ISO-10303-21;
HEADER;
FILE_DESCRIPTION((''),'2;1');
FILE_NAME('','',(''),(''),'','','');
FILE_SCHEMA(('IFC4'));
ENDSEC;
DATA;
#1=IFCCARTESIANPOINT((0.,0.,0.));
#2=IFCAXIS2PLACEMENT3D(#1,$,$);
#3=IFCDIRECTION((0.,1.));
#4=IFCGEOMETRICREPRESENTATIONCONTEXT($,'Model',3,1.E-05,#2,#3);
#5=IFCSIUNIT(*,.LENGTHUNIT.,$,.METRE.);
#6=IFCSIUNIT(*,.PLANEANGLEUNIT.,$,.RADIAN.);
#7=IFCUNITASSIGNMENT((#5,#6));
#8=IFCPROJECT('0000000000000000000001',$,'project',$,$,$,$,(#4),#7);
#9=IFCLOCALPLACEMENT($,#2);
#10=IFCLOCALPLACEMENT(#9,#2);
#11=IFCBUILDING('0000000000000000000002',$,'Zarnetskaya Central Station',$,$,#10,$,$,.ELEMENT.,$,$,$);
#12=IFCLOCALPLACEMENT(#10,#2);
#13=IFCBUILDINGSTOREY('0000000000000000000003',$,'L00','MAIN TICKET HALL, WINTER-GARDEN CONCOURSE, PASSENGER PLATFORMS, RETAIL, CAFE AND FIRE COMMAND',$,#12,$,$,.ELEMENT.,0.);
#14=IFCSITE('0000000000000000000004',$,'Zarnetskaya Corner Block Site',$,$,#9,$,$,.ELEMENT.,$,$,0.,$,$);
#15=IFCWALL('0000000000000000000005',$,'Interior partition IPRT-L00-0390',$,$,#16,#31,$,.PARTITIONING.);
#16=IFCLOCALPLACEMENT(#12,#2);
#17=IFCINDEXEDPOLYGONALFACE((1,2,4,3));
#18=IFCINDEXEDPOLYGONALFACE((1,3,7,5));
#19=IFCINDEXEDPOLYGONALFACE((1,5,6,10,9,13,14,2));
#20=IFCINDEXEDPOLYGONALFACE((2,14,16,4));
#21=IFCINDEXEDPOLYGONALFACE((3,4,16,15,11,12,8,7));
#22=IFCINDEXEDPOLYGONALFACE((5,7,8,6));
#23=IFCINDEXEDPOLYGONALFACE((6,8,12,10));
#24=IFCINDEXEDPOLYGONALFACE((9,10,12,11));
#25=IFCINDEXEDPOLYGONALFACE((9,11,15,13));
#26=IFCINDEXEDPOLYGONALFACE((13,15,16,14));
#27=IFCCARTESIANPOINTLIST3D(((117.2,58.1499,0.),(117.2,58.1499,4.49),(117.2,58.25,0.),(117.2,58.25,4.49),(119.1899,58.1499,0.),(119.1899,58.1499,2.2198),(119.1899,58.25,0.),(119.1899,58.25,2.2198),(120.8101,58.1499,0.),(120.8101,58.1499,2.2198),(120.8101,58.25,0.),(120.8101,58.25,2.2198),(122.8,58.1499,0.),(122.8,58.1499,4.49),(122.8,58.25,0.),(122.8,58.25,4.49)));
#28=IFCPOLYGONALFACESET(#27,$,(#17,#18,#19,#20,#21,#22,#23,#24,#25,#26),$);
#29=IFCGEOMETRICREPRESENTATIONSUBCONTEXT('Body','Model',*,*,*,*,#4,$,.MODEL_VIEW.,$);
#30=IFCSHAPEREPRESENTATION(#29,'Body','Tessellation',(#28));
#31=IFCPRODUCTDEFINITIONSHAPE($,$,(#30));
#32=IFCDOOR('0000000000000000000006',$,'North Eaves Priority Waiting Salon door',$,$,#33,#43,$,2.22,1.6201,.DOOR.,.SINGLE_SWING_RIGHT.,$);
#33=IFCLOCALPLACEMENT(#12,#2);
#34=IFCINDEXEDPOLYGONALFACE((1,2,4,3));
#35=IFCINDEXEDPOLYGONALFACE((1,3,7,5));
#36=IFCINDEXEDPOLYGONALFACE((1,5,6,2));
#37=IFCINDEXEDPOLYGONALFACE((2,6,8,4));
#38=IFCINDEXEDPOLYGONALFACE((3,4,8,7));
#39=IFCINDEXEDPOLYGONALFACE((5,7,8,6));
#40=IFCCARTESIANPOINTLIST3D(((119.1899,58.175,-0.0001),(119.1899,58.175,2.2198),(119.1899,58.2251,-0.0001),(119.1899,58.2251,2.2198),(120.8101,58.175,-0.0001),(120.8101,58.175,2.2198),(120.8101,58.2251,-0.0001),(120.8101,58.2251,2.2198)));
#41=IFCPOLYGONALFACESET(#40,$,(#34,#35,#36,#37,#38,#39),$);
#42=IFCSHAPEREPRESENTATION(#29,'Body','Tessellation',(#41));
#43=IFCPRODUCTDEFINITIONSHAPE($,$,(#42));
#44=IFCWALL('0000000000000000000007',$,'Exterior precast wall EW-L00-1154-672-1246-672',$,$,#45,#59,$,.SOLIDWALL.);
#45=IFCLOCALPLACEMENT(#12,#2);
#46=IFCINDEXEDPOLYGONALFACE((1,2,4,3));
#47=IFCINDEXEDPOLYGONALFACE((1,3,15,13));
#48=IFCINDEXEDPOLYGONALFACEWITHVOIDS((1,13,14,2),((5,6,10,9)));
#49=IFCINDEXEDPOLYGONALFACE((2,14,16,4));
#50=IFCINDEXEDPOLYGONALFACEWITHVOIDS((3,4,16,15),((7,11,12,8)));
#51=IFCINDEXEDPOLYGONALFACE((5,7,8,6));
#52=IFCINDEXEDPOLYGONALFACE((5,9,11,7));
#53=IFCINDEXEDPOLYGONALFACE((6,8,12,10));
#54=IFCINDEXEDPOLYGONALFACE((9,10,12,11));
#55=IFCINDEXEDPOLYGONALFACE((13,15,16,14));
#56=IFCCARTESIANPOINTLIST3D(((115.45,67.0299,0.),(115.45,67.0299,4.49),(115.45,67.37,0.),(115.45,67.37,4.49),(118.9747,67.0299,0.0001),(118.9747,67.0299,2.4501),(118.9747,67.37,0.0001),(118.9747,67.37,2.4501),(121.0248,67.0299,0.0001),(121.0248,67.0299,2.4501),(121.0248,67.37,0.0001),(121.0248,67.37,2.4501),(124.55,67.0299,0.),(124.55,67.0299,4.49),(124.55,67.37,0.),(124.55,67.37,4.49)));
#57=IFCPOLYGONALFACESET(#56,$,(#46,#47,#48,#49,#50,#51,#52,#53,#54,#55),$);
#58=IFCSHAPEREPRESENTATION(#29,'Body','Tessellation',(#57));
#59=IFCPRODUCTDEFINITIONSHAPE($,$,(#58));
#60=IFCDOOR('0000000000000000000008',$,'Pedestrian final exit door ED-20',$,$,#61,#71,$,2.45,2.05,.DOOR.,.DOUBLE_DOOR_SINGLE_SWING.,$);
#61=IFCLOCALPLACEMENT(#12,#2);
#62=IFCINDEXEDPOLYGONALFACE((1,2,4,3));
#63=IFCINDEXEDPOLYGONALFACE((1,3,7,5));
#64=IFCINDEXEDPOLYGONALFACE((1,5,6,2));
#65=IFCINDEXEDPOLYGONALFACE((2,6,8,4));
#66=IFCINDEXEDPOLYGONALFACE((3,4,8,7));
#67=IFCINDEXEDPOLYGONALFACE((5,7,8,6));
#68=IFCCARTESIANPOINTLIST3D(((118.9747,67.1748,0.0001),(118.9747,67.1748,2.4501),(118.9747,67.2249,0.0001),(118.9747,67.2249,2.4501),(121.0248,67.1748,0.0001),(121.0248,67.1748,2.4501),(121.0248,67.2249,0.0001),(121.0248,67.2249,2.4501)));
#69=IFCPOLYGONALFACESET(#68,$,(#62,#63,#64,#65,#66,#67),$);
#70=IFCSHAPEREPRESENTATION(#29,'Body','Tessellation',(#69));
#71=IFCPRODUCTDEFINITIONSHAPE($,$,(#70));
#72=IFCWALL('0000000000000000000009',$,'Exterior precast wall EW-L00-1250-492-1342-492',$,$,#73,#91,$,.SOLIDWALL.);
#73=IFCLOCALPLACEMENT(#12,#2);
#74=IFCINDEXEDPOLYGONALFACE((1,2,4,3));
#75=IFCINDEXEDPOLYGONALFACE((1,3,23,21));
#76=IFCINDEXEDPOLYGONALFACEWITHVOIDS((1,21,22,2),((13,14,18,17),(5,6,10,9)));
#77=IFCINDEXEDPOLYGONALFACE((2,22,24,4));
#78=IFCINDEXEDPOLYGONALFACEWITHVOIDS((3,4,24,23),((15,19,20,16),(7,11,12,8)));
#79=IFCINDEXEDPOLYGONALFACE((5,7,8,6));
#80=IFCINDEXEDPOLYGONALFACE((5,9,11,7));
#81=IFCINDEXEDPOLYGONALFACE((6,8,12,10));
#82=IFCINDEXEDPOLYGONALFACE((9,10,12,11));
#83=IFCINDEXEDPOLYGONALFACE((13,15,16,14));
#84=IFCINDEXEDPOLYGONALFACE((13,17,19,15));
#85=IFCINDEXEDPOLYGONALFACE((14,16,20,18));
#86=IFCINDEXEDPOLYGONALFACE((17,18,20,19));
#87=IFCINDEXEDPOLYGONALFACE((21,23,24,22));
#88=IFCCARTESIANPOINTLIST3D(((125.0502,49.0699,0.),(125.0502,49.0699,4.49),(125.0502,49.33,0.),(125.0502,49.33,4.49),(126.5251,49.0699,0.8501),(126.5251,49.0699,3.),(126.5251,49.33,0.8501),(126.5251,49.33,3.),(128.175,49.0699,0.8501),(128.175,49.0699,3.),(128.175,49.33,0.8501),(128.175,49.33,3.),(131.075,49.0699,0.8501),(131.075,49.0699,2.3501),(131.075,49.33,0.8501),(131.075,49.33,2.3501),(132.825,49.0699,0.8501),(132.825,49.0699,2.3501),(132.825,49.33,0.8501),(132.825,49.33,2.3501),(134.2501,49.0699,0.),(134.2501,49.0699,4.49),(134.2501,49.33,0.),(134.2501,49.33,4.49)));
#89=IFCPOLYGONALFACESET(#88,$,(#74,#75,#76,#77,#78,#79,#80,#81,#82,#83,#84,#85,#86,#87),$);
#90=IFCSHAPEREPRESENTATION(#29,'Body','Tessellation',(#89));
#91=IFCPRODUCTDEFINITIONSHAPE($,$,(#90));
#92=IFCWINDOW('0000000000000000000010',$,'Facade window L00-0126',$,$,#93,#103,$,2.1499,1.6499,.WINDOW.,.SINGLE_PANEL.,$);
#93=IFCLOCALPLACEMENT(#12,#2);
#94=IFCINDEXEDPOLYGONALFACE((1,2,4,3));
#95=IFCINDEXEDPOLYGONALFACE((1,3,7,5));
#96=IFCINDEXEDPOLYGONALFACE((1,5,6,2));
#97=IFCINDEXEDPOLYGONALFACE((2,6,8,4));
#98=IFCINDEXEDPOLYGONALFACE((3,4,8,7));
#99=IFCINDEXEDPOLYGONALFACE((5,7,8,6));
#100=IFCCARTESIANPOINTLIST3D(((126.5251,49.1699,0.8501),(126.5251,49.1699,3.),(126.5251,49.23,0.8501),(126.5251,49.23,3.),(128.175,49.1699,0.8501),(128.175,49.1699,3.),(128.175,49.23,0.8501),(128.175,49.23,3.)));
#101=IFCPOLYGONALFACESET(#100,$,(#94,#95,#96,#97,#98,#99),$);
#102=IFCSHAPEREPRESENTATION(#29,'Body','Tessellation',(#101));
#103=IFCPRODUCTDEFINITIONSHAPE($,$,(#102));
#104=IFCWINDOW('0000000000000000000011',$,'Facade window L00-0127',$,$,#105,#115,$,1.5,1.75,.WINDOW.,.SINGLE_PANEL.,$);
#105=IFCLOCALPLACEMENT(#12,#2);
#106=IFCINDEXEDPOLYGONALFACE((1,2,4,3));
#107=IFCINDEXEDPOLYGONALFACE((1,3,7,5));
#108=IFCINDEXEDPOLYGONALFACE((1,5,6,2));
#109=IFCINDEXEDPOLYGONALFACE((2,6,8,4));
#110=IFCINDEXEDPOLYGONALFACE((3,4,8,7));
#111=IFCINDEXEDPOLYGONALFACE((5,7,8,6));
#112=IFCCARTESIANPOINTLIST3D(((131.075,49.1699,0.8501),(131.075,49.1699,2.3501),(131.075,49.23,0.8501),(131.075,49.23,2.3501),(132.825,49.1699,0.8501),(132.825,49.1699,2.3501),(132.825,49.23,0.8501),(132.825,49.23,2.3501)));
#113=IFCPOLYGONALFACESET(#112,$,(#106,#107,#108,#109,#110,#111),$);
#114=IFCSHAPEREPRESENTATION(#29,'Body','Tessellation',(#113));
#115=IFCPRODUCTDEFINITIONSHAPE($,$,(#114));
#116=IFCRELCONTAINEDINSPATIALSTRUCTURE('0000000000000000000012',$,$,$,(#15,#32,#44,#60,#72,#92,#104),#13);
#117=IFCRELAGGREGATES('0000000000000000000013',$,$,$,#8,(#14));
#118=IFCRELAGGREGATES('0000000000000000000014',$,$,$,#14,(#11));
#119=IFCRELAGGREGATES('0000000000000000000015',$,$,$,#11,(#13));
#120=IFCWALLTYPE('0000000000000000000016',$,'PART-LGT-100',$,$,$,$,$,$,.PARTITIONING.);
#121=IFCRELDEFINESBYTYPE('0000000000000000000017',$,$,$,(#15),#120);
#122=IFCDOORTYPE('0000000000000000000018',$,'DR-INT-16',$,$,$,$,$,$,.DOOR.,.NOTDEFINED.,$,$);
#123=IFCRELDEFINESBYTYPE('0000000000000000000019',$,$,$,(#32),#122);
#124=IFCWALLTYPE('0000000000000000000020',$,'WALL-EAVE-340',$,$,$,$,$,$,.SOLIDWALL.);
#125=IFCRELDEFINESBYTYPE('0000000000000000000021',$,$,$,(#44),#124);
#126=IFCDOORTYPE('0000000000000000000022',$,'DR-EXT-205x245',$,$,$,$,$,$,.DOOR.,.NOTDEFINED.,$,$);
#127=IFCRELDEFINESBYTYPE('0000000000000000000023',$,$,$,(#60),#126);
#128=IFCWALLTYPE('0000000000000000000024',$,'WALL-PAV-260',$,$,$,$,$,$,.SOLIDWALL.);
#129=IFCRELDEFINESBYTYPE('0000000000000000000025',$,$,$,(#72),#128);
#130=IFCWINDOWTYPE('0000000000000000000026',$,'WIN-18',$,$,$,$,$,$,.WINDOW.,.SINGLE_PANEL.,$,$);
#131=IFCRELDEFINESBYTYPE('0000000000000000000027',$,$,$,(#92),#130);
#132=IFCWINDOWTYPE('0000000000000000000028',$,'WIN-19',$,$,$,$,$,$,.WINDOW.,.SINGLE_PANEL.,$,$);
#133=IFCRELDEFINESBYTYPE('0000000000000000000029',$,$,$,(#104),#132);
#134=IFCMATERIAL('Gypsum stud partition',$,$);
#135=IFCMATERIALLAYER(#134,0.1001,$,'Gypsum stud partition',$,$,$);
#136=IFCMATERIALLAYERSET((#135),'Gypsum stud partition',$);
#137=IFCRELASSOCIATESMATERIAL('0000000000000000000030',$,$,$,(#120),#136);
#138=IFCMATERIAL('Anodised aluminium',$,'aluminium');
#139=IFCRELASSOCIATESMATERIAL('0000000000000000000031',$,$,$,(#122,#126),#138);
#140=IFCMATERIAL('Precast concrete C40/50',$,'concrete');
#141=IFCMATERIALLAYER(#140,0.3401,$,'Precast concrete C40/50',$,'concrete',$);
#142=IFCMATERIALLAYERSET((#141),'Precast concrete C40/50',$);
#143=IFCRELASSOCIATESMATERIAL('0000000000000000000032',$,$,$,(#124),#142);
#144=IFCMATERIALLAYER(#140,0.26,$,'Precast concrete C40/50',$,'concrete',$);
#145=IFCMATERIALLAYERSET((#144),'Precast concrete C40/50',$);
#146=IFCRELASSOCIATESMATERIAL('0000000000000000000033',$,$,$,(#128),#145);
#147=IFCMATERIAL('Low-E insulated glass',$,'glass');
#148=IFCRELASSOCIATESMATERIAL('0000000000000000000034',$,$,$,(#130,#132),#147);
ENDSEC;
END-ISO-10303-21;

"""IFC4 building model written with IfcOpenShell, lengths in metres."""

from ifc_helpers import new_model, si_unit, direction, frame, frame_2d, origin, place, context, subcontext, project, spatial, rectangle, extrude, material, layer, layer_set, type_object, element, fill, save


model = new_model("IFC4")

# Units and contexts
model_context = context("Model", 3, precision=1e-05, world=origin(), true_north=direction((0.0, 1.0)))
body_context = subcontext(model_context, "Body", "Model", "MODEL_VIEW")
ifc_project = project(units=[si_unit("LENGTHUNIT", "METRE"), si_unit("PLANEANGLEUNIT", "RADIAN")], contexts=[model_context])

# Site, building, storey
site_placement = place(None, origin())
site = spatial("IfcSite", under=ifc_project, at=site_placement, Name="Zarnetskaya Corner Block Site", CompositionType="ELEMENT", RefElevation=0.0)
building_placement = place(site_placement, origin())
building = spatial("IfcBuilding", under=site, at=building_placement, Name="Zarnetskaya Central Station", CompositionType="ELEMENT")
storey_placement = place(building_placement, origin())
storey = spatial("IfcBuildingStorey", under=building, at=storey_placement, Name="L00", Description="MAIN TICKET HALL, WINTER-GARDEN CONCOURSE, PASSENGER PLATFORMS, RETAIL, CAFE AND FIRE COMMAND", CompositionType="ELEMENT", Elevation=0.0)

# Walls, openings, doors
ifc_material_1 = material(Name="Gypsum stud partition")
ifc_layer_1 = layer(ifc_material_1, 0.1001, Name="Gypsum stud partition")
ifc_layer_set_1 = layer_set([ifc_layer_1], Name="Gypsum stud partition")
wall_type_1 = type_object("IfcWallType", Name="PART-LGT-100", PredefinedType="PARTITIONING", material=ifc_layer_set_1)
wall_1_placement = place(storey_placement, frame((122.8, 58.2, 0.0), z_axis=(0.0, 0.0, 1.0), x_axis=(-1.0, 0.0, 0.0)))
wall_1 = element("IfcWall", 1, at=wall_1_placement, inside=storey, type_object=wall_type_1, Name="Interior partition IPRT-L00-0390", PredefinedType="PARTITIONING", context=body_context, shape_type="SweptSolid", body=[
    extrude(rectangle(XDim=5.6001, YDim=0.1001, at=frame_2d((2.8, 0.0))), origin(), (0.0, 0.0, 1.0), 4.49),
])
opening_1_placement = place(wall_1_placement, frame((1.99, 0.0, 0.0)))
opening_1 = element("IfcOpeningElement", 2, at=opening_1_placement, cuts=wall_1, PredefinedType="OPENING", context=body_context, shape_type="SweptSolid", body=[
    extrude(rectangle(XDim=1.6201, YDim=2.22, at=frame_2d((0.8101, 1.1099))), frame((0.0, 0.0601, 0.0), z_axis=(0.0, -1.0, 0.0), x_axis=(1.0, 0.0, 0.0)), (0.0, 0.0, 1.0), 0.1201),
])
ifc_material_2 = material(Name="Anodised aluminium", Category="aluminium")
door_type_1 = type_object("IfcDoorType", Name="DR-INT-16", OperationType="NOTDEFINED", PredefinedType="DOOR", material=ifc_material_2)
door_1_placement = place(opening_1_placement, origin())
door_1 = element("IfcDoor", 3, at=door_1_placement, inside=storey, type_object=door_type_1, Name="North Eaves Priority Waiting Salon door", OperationType="SINGLE_SWING_RIGHT", OverallHeight=2.22, OverallWidth=1.6201, PredefinedType="DOOR", context=body_context, shape_type="SweptSolid", body=[
    extrude(rectangle(XDim=1.6201, YDim=2.22, at=frame_2d((0.8101, 1.1099))), frame((0.0, 0.0249, 0.0), z_axis=(0.0, -1.0, 0.0), x_axis=(1.0, 0.0, 0.0)), (0.0, 0.0, 1.0), 0.05),
])
fill(opening_1, door_1)
ifc_material_3 = material(Name="Precast concrete C40/50", Category="concrete")
ifc_layer_2 = layer(ifc_material_3, 0.3401, Name="Precast concrete C40/50", Category="concrete")
ifc_layer_set_2 = layer_set([ifc_layer_2], Name="Precast concrete C40/50")
wall_type_2 = type_object("IfcWallType", Name="WALL-EAVE-340", PredefinedType="SOLIDWALL", material=ifc_layer_set_2)
wall_2_placement = place(storey_placement, frame((115.45, 67.2, 0.0), z_axis=(0.0, 0.0, 1.0), x_axis=(1.0, 0.0, 0.0)))
wall_2 = element("IfcWall", 4, at=wall_2_placement, inside=storey, type_object=wall_type_2, Name="Exterior precast wall EW-L00-1154-672-1246-672", PredefinedType="SOLIDWALL", context=body_context, shape_type="SweptSolid", body=[
    extrude(rectangle(XDim=9.1001, YDim=0.3401, at=frame_2d((4.55, 0.0))), origin(), (0.0, 0.0, 1.0), 4.49),
])
opening_2_placement = place(wall_2_placement, frame((3.5249, 0.0, 0.0)))
opening_2 = element("IfcOpeningElement", 5, at=opening_2_placement, cuts=wall_2, PredefinedType="OPENING", context=body_context, shape_type="SweptSolid", body=[
    extrude(rectangle(XDim=2.05, YDim=2.45, at=frame_2d((1.0249, 1.2251))), frame((0.0, 0.1802, 0.0), z_axis=(0.0, -1.0, 0.0), x_axis=(1.0, 0.0, 0.0)), (0.0, 0.0, 1.0), 0.3601),
])
door_type_2 = type_object("IfcDoorType", Name="DR-EXT-205x245", OperationType="NOTDEFINED", PredefinedType="DOOR", material=ifc_material_2)
door_2_placement = place(opening_2_placement, origin())
door_2 = element("IfcDoor", 6, at=door_2_placement, inside=storey, type_object=door_type_2, Name="Pedestrian final exit door ED-20", OperationType="DOUBLE_DOOR_SINGLE_SWING", OverallHeight=2.45, OverallWidth=2.05, PredefinedType="DOOR", context=body_context, shape_type="SweptSolid", body=[
    extrude(rectangle(XDim=2.05, YDim=2.45, at=frame_2d((1.0249, 1.2251))), frame((0.0, 0.0249, 0.0), z_axis=(0.0, -1.0, 0.0), x_axis=(1.0, 0.0, 0.0)), (0.0, 0.0, 1.0), 0.05),
])
fill(opening_2, door_2)

# Wall, openings, windows
ifc_layer_3 = layer(ifc_material_3, 0.26, Name="Precast concrete C40/50", Category="concrete")
ifc_layer_set_3 = layer_set([ifc_layer_3], Name="Precast concrete C40/50")
wall_type_3 = type_object("IfcWallType", Name="WALL-PAV-260", PredefinedType="SOLIDWALL", material=ifc_layer_set_3)
wall_3_placement = place(storey_placement, frame((125.05, 49.2, 0.0), z_axis=(0.0, 0.0, 1.0), x_axis=(1.0, 0.0, 0.0)))
wall_3 = element("IfcWall", 7, at=wall_3_placement, inside=storey, type_object=wall_type_3, Name="Exterior precast wall EW-L00-1250-492-1342-492", PredefinedType="SOLIDWALL", context=body_context, shape_type="SweptSolid", body=[
    extrude(rectangle(XDim=9.2, YDim=0.26, at=frame_2d((4.6001, 0.0))), origin(), (0.0, 0.0, 1.0), 4.49),
])
opening_3_placement = place(wall_3_placement, frame((1.4751, 0.0, 0.8501)))
opening_3 = element("IfcOpeningElement", 8, at=opening_3_placement, cuts=wall_3, PredefinedType="OPENING", context=body_context, shape_type="SweptSolid", body=[
    extrude(rectangle(XDim=1.6499, YDim=2.1499, at=frame_2d((0.825, 1.075))), frame((0.0, 0.1401, 0.0), z_axis=(0.0, -1.0, 0.0), x_axis=(1.0, 0.0, 0.0)), (0.0, 0.0, 1.0), 0.28),
])
opening_4_placement = place(wall_3_placement, frame((6.0249, 0.0, 0.8501)))
opening_4 = element("IfcOpeningElement", 9, at=opening_4_placement, cuts=wall_3, PredefinedType="OPENING", context=body_context, shape_type="SweptSolid", body=[
    extrude(rectangle(XDim=1.75, YDim=1.5, at=frame_2d((0.875, 0.75))), frame((0.0, 0.1401, 0.0), z_axis=(0.0, -1.0, 0.0), x_axis=(1.0, 0.0, 0.0)), (0.0, 0.0, 1.0), 0.28),
])
ifc_material_4 = material(Name="Low-E insulated glass", Category="glass")
window_type_1 = type_object("IfcWindowType", Name="WIN-18", PartitioningType="SINGLE_PANEL", PredefinedType="WINDOW", material=ifc_material_4)
window_1_placement = place(opening_3_placement, origin())
window_1 = element("IfcWindow", 10, at=window_1_placement, inside=storey, type_object=window_type_1, Name="Facade window L00-0126", OverallHeight=2.1499, OverallWidth=1.6499, PartitioningType="SINGLE_PANEL", PredefinedType="WINDOW", context=body_context, shape_type="SweptSolid", body=[
    extrude(rectangle(XDim=1.6499, YDim=2.1499, at=frame_2d((0.825, 1.075))), frame((0.0, 0.03, 0.0), z_axis=(0.0, -1.0, 0.0), x_axis=(1.0, 0.0, 0.0)), (0.0, 0.0, 1.0), 0.0601),
])
fill(opening_3, window_1)
window_type_2 = type_object("IfcWindowType", Name="WIN-19", PartitioningType="SINGLE_PANEL", PredefinedType="WINDOW", material=ifc_material_4)
window_2_placement = place(opening_4_placement, origin())
window_2 = element("IfcWindow", 11, at=window_2_placement, inside=storey, type_object=window_type_2, Name="Facade window L00-0127", OverallHeight=1.5, OverallWidth=1.75, PartitioningType="SINGLE_PANEL", PredefinedType="WINDOW", context=body_context, shape_type="SweptSolid", body=[
    extrude(rectangle(XDim=1.75, YDim=1.5, at=frame_2d((0.875, 0.75))), frame((0.0, 0.03, 0.0), z_axis=(0.0, -1.0, 0.0), x_axis=(1.0, 0.0, 0.0)), (0.0, 0.0, 1.0), 0.0601),
])
fill(opening_4, window_2)

save(model, "model.ifc")
